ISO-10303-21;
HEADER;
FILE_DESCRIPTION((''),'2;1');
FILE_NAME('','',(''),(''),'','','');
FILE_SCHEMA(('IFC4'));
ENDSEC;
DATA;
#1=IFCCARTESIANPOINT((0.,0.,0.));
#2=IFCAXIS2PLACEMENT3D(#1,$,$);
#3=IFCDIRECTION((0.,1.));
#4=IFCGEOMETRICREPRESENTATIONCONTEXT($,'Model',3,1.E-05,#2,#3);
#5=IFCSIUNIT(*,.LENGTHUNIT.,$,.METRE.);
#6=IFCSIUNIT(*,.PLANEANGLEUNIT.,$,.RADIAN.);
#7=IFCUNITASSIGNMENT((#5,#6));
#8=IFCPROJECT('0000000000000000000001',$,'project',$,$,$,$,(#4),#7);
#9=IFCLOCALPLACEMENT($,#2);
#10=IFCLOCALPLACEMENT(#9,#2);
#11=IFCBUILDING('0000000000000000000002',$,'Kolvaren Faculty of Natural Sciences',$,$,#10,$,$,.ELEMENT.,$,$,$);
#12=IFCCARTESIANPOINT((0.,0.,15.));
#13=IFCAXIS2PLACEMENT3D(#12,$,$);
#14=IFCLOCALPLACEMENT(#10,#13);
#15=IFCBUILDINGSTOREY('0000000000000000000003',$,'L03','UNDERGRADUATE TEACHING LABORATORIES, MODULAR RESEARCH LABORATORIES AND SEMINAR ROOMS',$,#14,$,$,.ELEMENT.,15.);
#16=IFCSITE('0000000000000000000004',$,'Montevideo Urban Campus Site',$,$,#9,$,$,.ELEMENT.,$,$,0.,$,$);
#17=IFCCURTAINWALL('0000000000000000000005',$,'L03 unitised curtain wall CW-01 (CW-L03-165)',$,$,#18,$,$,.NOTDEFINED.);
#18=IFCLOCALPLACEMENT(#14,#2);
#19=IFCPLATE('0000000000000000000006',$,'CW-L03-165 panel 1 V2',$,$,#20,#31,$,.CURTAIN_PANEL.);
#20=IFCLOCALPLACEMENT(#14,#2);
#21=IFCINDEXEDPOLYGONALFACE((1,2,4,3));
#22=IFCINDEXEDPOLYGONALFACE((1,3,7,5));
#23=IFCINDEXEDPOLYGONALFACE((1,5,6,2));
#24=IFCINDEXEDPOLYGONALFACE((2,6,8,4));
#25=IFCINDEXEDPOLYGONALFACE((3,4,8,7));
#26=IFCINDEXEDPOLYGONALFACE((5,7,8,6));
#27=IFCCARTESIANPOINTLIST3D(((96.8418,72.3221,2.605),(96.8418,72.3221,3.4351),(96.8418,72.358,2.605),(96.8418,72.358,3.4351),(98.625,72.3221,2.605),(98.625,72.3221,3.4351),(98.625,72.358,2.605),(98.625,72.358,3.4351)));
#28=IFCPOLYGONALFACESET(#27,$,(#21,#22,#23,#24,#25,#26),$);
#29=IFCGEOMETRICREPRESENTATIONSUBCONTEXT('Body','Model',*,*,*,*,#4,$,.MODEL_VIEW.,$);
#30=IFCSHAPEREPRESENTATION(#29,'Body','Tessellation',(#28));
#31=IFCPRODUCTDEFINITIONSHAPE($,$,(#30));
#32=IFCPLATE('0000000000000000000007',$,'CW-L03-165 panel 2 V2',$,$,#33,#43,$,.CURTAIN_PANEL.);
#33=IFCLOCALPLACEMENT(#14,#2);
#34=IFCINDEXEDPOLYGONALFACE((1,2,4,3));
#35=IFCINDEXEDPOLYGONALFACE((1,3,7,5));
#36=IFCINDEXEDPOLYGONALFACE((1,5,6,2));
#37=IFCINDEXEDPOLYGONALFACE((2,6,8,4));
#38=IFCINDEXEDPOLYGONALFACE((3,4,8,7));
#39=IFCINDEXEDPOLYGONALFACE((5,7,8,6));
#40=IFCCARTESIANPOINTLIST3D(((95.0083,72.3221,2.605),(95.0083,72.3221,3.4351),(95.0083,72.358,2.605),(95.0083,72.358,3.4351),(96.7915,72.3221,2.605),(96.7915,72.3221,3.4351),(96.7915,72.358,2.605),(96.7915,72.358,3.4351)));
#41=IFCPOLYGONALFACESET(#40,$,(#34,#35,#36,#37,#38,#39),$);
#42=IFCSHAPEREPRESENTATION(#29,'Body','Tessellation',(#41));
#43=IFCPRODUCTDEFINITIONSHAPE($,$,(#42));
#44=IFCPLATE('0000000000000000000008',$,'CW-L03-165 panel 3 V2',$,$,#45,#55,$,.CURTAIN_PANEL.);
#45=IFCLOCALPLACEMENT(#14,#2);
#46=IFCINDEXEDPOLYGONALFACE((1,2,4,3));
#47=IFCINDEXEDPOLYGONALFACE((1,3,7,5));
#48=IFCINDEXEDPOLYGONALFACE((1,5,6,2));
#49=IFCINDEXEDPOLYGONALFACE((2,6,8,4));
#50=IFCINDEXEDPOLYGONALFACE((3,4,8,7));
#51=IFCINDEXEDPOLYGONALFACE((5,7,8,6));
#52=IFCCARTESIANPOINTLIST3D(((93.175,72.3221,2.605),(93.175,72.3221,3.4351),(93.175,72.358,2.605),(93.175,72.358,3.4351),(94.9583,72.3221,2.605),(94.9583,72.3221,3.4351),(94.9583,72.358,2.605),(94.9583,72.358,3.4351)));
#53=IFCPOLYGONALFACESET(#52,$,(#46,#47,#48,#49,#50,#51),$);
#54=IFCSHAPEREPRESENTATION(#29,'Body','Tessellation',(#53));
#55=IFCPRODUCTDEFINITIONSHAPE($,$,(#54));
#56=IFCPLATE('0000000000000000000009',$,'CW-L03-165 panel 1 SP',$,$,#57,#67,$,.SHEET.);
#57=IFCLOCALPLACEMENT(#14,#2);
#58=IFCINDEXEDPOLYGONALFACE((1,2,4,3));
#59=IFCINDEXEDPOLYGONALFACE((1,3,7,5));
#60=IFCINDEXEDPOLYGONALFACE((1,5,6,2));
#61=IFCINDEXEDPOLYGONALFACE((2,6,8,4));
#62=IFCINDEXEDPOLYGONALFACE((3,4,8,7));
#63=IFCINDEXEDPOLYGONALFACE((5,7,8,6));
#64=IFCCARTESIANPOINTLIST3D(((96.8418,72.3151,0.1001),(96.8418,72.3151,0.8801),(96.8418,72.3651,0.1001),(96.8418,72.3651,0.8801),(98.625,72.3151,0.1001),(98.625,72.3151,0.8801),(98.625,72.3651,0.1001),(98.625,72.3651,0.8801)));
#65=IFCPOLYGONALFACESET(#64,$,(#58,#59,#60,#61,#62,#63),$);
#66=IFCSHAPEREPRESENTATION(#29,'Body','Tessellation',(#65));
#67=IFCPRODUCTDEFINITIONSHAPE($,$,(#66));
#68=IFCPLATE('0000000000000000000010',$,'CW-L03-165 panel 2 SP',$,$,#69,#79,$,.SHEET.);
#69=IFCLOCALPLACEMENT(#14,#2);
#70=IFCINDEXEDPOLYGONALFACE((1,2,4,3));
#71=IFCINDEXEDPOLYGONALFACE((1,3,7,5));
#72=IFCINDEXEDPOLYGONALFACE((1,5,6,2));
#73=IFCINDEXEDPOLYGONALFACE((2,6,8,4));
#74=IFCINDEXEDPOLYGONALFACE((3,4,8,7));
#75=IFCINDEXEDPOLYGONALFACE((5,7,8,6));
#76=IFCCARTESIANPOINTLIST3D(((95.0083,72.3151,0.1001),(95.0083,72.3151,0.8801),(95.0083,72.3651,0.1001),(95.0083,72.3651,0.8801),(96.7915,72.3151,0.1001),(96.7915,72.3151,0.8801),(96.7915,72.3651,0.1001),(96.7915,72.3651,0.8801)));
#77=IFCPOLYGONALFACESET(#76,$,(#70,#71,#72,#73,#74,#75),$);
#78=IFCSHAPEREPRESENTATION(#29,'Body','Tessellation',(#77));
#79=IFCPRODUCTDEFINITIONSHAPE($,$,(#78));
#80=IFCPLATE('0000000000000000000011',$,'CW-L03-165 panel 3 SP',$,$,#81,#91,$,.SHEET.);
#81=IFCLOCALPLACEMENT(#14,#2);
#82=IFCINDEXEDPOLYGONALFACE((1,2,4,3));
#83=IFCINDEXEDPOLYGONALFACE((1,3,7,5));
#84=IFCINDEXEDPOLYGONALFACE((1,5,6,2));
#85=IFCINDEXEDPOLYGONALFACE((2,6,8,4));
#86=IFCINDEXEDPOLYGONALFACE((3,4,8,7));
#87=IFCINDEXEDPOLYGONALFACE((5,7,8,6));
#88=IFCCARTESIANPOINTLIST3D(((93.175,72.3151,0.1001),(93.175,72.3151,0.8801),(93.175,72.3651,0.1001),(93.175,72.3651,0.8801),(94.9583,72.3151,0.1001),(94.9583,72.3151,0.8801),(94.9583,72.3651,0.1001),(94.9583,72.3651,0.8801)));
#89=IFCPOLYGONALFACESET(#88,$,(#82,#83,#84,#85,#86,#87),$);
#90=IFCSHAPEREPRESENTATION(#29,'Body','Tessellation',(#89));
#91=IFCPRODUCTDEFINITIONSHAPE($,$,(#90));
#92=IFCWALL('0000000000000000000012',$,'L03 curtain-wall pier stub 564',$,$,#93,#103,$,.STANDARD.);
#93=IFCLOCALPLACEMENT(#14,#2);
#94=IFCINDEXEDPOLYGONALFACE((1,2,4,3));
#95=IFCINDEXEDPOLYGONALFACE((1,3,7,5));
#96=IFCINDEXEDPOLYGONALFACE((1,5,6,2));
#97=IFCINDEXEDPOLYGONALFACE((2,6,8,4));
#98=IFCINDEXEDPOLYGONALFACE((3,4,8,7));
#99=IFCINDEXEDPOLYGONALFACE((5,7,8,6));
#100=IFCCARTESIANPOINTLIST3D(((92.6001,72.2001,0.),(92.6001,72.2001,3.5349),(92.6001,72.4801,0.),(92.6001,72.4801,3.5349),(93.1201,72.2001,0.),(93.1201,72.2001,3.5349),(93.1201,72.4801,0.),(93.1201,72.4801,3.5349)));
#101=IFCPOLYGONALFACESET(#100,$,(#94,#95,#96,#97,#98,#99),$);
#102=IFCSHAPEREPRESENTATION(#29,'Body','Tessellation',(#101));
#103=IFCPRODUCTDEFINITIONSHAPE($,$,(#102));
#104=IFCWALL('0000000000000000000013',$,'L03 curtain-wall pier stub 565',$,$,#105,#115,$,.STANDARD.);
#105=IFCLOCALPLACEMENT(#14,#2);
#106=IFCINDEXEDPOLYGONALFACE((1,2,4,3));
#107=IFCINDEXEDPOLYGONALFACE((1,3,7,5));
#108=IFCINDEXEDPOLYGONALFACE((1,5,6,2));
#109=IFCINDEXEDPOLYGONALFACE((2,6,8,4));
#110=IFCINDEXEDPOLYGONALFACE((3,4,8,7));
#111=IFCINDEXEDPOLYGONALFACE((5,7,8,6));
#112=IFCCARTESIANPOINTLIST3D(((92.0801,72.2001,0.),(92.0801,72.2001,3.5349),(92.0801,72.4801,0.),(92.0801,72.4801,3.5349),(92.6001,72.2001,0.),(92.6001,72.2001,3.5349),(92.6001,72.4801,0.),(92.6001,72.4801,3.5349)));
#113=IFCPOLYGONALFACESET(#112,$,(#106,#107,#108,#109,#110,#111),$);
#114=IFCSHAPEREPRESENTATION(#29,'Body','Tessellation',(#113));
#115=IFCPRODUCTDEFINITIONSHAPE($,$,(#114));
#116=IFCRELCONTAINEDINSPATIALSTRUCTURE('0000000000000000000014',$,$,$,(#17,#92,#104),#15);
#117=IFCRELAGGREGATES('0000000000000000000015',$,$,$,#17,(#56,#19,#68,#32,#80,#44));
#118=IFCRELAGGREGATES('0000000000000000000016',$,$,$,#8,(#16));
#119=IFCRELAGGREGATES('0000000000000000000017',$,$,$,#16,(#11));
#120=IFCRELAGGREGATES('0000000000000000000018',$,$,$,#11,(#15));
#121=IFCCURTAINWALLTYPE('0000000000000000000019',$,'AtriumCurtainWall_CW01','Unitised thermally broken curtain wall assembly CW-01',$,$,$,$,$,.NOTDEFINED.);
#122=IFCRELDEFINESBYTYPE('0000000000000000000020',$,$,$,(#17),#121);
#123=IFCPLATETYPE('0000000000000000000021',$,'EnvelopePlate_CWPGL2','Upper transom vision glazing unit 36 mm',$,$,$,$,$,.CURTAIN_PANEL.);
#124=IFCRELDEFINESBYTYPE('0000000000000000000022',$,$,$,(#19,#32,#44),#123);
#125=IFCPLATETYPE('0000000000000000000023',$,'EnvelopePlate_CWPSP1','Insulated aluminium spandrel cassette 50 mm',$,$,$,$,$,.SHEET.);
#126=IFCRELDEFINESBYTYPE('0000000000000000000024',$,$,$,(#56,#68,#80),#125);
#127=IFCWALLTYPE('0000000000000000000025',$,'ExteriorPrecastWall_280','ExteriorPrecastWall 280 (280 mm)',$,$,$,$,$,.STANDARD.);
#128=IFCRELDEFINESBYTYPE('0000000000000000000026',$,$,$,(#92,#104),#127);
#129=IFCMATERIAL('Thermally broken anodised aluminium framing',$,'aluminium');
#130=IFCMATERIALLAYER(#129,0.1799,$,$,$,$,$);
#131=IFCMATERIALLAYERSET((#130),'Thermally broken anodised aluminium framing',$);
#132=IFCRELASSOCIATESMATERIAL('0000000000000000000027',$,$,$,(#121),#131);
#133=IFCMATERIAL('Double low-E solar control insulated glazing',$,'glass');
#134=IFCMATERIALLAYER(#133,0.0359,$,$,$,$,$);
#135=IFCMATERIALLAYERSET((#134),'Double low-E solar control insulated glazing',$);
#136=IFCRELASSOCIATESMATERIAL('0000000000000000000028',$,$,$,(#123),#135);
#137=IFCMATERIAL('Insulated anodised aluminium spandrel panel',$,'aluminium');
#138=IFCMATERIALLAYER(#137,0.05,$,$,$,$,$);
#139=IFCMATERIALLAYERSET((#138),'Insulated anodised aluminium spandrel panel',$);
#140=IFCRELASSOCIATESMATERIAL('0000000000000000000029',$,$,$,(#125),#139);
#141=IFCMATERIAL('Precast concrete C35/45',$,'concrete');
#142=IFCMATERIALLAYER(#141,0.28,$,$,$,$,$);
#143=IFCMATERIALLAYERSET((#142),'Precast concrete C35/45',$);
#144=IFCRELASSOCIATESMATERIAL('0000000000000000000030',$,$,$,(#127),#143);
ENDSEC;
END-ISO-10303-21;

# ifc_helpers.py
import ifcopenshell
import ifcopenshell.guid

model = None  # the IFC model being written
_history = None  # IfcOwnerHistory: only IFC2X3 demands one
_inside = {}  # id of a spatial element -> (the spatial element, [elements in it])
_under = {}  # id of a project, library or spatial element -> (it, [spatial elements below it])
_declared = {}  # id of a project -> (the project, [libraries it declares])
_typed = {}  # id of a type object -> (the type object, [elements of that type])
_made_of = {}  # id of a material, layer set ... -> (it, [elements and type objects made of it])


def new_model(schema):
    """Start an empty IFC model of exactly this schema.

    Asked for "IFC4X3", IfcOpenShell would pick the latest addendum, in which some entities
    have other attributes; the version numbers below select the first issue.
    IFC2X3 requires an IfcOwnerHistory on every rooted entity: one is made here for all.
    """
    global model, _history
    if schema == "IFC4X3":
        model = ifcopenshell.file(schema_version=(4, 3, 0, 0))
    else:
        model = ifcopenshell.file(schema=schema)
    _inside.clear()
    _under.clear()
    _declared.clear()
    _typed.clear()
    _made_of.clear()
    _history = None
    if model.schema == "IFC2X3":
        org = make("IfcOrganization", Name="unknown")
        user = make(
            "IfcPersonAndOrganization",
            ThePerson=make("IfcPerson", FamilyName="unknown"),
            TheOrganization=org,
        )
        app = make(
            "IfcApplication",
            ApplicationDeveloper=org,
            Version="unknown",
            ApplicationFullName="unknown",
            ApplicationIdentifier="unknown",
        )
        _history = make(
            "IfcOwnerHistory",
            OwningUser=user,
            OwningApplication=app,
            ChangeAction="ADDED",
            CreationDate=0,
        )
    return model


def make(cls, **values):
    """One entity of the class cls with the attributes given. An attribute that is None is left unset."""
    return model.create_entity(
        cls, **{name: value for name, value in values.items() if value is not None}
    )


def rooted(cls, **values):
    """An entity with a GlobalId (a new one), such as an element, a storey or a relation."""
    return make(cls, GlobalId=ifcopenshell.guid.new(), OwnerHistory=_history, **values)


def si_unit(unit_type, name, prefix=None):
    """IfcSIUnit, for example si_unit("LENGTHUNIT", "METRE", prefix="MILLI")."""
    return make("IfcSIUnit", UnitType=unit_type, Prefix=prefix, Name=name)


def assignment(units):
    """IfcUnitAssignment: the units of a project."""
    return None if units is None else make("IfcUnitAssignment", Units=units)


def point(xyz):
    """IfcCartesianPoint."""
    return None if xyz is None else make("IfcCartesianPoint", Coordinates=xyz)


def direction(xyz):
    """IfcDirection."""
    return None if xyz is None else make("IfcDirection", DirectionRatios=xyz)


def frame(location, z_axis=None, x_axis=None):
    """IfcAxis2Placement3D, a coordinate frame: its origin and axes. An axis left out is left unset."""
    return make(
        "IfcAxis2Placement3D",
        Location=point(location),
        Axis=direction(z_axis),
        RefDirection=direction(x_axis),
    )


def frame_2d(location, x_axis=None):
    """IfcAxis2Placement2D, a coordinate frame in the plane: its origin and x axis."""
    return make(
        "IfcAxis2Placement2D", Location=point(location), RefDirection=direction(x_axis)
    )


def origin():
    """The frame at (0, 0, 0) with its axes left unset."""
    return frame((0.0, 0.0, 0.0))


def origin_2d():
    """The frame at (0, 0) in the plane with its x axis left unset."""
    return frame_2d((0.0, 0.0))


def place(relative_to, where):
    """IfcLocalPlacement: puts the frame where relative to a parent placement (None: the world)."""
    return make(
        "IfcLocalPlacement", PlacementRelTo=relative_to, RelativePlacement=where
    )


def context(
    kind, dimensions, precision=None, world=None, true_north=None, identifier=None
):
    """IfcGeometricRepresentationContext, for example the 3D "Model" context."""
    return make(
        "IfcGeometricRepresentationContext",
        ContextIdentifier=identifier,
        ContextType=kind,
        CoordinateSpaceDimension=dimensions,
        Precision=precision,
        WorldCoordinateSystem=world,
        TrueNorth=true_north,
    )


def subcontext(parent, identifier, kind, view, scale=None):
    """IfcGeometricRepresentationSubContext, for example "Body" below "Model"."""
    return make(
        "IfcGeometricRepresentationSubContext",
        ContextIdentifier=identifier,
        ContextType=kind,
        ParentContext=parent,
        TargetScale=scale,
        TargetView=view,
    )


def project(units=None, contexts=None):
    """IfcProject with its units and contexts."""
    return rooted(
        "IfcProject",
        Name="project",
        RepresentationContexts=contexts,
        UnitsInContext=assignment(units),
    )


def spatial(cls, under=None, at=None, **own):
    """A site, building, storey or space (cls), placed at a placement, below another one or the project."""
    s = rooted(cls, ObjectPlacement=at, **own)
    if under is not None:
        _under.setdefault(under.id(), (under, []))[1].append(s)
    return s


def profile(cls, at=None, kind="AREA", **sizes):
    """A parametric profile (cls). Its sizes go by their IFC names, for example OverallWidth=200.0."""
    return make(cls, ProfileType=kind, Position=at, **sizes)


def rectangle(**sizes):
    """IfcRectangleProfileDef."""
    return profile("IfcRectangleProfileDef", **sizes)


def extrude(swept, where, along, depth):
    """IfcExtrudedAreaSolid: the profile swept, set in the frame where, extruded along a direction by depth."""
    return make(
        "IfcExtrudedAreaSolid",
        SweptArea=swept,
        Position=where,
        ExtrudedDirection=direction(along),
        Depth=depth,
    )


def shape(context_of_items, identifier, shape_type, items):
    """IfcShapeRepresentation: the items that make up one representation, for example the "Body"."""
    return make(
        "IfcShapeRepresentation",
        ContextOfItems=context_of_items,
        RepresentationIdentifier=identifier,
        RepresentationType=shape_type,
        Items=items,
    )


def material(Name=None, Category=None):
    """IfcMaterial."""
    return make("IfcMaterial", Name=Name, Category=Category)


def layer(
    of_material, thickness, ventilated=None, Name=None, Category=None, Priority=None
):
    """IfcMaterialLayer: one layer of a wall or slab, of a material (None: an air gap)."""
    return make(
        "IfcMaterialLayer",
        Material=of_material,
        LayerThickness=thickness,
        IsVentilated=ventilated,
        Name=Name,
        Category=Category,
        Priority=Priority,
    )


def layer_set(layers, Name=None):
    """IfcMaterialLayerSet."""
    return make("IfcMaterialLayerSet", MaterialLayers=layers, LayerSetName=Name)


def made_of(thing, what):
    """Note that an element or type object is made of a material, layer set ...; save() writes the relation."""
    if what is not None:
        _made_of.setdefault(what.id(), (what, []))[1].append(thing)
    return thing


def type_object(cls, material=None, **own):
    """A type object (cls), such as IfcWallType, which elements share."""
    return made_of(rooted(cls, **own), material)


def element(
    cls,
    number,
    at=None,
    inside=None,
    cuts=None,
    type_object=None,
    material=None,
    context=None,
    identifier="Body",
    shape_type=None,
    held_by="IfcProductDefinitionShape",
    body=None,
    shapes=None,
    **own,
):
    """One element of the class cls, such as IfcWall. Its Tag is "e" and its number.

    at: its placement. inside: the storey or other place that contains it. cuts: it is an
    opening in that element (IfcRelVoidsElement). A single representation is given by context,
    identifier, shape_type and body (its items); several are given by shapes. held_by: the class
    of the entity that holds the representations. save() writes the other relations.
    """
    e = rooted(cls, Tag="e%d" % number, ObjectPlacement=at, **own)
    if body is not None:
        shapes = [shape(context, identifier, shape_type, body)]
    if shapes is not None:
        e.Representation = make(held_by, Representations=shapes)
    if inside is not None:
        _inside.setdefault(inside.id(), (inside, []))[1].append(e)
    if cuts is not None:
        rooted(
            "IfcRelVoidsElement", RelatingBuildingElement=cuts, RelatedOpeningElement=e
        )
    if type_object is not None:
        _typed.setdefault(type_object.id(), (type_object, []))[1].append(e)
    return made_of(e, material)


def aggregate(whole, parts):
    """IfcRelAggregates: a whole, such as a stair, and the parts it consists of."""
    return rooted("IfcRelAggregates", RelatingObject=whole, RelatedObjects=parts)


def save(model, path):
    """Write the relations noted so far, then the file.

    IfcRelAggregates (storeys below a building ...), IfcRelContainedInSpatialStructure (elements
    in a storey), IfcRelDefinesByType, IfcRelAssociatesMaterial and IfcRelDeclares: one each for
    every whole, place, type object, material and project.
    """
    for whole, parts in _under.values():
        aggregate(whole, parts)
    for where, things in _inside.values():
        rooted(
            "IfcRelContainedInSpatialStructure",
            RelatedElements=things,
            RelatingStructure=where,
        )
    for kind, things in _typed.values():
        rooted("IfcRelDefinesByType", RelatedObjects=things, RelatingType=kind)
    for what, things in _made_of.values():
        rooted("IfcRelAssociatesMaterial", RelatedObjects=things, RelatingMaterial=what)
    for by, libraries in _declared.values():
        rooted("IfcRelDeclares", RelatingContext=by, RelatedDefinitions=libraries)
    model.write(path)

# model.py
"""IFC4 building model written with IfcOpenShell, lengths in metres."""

from ifc_helpers import new_model, si_unit, direction, frame, frame_2d, origin, origin_2d, place, context, subcontext, project, spatial, rectangle, extrude, material, layer, layer_set, type_object, element, aggregate, save


model = new_model("IFC4")

# Units and contexts
model_context = context("Model", 3, precision=1e-05, world=origin(), true_north=direction((0.0, 1.0)))
body_context = subcontext(model_context, "Body", "Model", "MODEL_VIEW")
ifc_project = project(units=[si_unit("LENGTHUNIT", "METRE"), si_unit("PLANEANGLEUNIT", "RADIAN")], contexts=[model_context])

# Site, building, storey
site_placement = place(None, origin())
site = spatial("IfcSite", under=ifc_project, at=site_placement, Name="Montevideo Urban Campus Site", CompositionType="ELEMENT", RefElevation=0.0)
building_placement = place(site_placement, origin())
building = spatial("IfcBuilding", under=site, at=building_placement, Name="Kolvaren Faculty of Natural Sciences", CompositionType="ELEMENT")
storey_placement = place(building_placement, frame((0.0, 0.0, 15.0)))
storey = spatial("IfcBuildingStorey", under=building, at=storey_placement, Name="L03", Description="UNDERGRADUATE TEACHING LABORATORIES, MODULAR RESEARCH LABORATORIES AND SEMINAR ROOMS", CompositionType="ELEMENT", Elevation=15.0)

# Curtain wall
ifc_material_1 = material(Name="Thermally broken anodised aluminium framing", Category="aluminium")
ifc_layer_1 = layer(ifc_material_1, 0.1799)
ifc_layer_set_1 = layer_set([ifc_layer_1], Name="Thermally broken anodised aluminium framing")
curtain_wall_type = type_object("IfcCurtainWallType", Name="AtriumCurtainWall_CW01", Description="Unitised thermally broken curtain wall assembly CW-01", PredefinedType="NOTDEFINED", material=ifc_layer_set_1)
curtain_wall_1_placement = place(storey_placement, origin())
curtain_wall_1 = element("IfcCurtainWall", 1, at=curtain_wall_1_placement, inside=storey, type_object=curtain_wall_type, Name="L03 unitised curtain wall CW-01 (CW-L03-165)", PredefinedType="NOTDEFINED")

# Plates
ifc_material_2 = material(Name="Double low-E solar control insulated glazing", Category="glass")
ifc_layer_2 = layer(ifc_material_2, 0.0359)
ifc_layer_set_2 = layer_set([ifc_layer_2], Name="Double low-E solar control insulated glazing")
plate_type_1 = type_object("IfcPlateType", Name="EnvelopePlate_CWPGL2", Description="Upper transom vision glazing unit 36 mm", PredefinedType="CURTAIN_PANEL", material=ifc_layer_set_2)
plate_1_placement = place(storey_placement, frame((97.7334, 72.3401, 2.605), z_axis=(0.0, 0.0, 1.0), x_axis=(-1.0, 0.0, 0.0)))
plate_1 = element("IfcPlate", 2, at=plate_1_placement, type_object=plate_type_1, Name="CW-L03-165 panel 1 V2", PredefinedType="CURTAIN_PANEL", context=body_context, shape_type="SweptSolid", body=[
    extrude(rectangle(XDim=1.7832, YDim=0.0359, at=origin_2d()), origin(), (0.0, 0.0, 1.0), 0.8301),
])
plate_2_placement = place(storey_placement, frame((95.8999, 72.3401, 2.605), z_axis=(0.0, 0.0, 1.0), x_axis=(-1.0, 0.0, 0.0)))
plate_2 = element("IfcPlate", 3, at=plate_2_placement, type_object=plate_type_1, Name="CW-L03-165 panel 2 V2", PredefinedType="CURTAIN_PANEL", context=body_context, shape_type="SweptSolid", body=[
    extrude(rectangle(XDim=1.7832, YDim=0.0359, at=origin_2d()), origin(), (0.0, 0.0, 1.0), 0.8301),
])
plate_3_placement = place(storey_placement, frame((94.0667, 72.3401, 2.605), z_axis=(0.0, 0.0, 1.0), x_axis=(-1.0, 0.0, 0.0)))
plate_3 = element("IfcPlate", 4, at=plate_3_placement, type_object=plate_type_1, Name="CW-L03-165 panel 3 V2", PredefinedType="CURTAIN_PANEL", context=body_context, shape_type="SweptSolid", body=[
    extrude(rectangle(XDim=1.7832, YDim=0.0359, at=origin_2d()), origin(), (0.0, 0.0, 1.0), 0.8301),
])
ifc_material_3 = material(Name="Insulated anodised aluminium spandrel panel", Category="aluminium")
ifc_layer_3 = layer(ifc_material_3, 0.05)
ifc_layer_set_3 = layer_set([ifc_layer_3], Name="Insulated anodised aluminium spandrel panel")
plate_type_2 = type_object("IfcPlateType", Name="EnvelopePlate_CWPSP1", Description="Insulated aluminium spandrel cassette 50 mm", PredefinedType="SHEET", material=ifc_layer_set_3)
plate_4_placement = place(storey_placement, frame((97.7334, 72.3401, 0.1001), z_axis=(0.0, 0.0, 1.0), x_axis=(-1.0, 0.0, 0.0)))
plate_4 = element("IfcPlate", 5, at=plate_4_placement, type_object=plate_type_2, Name="CW-L03-165 panel 1 SP", PredefinedType="SHEET", context=body_context, shape_type="SweptSolid", body=[
    extrude(rectangle(XDim=1.7832, YDim=0.05, at=origin_2d()), origin(), (0.0, 0.0, 1.0), 0.78),
])
plate_5_placement = place(storey_placement, frame((95.8999, 72.3401, 0.1001), z_axis=(0.0, 0.0, 1.0), x_axis=(-1.0, 0.0, 0.0)))
plate_5 = element("IfcPlate", 6, at=plate_5_placement, type_object=plate_type_2, Name="CW-L03-165 panel 2 SP", PredefinedType="SHEET", context=body_context, shape_type="SweptSolid", body=[
    extrude(rectangle(XDim=1.7832, YDim=0.05, at=origin_2d()), origin(), (0.0, 0.0, 1.0), 0.78),
])
plate_6_placement = place(storey_placement, frame((94.0667, 72.3401, 0.1001), z_axis=(0.0, 0.0, 1.0), x_axis=(-1.0, 0.0, 0.0)))
plate_6 = element("IfcPlate", 7, at=plate_6_placement, type_object=plate_type_2, Name="CW-L03-165 panel 3 SP", PredefinedType="SHEET", context=body_context, shape_type="SweptSolid", body=[
    extrude(rectangle(XDim=1.7832, YDim=0.05, at=origin_2d()), origin(), (0.0, 0.0, 1.0), 0.78),
])
aggregate(curtain_wall_1, [plate_4, plate_1, plate_5, plate_2, plate_6, plate_3])

# Walls
ifc_material_4 = material(Name="Precast concrete C35/45", Category="concrete")
ifc_layer_4 = layer(ifc_material_4, 0.28)
ifc_layer_set_4 = layer_set([ifc_layer_4], Name="Precast concrete C35/45")
wall_type = type_object("IfcWallType", Name="ExteriorPrecastWall_280", Description="ExteriorPrecastWall 280 (280 mm)", PredefinedType="STANDARD", material=ifc_layer_set_4)
for number, where, z_axis, x_axis, name in (
    (8, (93.1201, 72.3401, 0.0), (0.0, 0.0, 1.0), (-1.0, 0.0, 0.0), "L03 curtain-wall pier stub 564"),
    (9, (92.6001, 72.3401, 0.0), (0.0, 0.0, 1.0), (-1.0, 0.0, 0.0), "L03 curtain-wall pier stub 565"),
):
    element("IfcWall", number, at=place(storey_placement, frame(where, z_axis=z_axis, x_axis=x_axis)), inside=storey, type_object=wall_type, Name=name, PredefinedType="STANDARD", context=body_context, shape_type="SweptSolid", body=[
        extrude(rectangle(XDim=0.52, YDim=0.28, at=frame_2d((0.26, 0.0))), origin(), (0.0, 0.0, 1.0), 3.5349),
    ])

save(model, "model.ifc")
